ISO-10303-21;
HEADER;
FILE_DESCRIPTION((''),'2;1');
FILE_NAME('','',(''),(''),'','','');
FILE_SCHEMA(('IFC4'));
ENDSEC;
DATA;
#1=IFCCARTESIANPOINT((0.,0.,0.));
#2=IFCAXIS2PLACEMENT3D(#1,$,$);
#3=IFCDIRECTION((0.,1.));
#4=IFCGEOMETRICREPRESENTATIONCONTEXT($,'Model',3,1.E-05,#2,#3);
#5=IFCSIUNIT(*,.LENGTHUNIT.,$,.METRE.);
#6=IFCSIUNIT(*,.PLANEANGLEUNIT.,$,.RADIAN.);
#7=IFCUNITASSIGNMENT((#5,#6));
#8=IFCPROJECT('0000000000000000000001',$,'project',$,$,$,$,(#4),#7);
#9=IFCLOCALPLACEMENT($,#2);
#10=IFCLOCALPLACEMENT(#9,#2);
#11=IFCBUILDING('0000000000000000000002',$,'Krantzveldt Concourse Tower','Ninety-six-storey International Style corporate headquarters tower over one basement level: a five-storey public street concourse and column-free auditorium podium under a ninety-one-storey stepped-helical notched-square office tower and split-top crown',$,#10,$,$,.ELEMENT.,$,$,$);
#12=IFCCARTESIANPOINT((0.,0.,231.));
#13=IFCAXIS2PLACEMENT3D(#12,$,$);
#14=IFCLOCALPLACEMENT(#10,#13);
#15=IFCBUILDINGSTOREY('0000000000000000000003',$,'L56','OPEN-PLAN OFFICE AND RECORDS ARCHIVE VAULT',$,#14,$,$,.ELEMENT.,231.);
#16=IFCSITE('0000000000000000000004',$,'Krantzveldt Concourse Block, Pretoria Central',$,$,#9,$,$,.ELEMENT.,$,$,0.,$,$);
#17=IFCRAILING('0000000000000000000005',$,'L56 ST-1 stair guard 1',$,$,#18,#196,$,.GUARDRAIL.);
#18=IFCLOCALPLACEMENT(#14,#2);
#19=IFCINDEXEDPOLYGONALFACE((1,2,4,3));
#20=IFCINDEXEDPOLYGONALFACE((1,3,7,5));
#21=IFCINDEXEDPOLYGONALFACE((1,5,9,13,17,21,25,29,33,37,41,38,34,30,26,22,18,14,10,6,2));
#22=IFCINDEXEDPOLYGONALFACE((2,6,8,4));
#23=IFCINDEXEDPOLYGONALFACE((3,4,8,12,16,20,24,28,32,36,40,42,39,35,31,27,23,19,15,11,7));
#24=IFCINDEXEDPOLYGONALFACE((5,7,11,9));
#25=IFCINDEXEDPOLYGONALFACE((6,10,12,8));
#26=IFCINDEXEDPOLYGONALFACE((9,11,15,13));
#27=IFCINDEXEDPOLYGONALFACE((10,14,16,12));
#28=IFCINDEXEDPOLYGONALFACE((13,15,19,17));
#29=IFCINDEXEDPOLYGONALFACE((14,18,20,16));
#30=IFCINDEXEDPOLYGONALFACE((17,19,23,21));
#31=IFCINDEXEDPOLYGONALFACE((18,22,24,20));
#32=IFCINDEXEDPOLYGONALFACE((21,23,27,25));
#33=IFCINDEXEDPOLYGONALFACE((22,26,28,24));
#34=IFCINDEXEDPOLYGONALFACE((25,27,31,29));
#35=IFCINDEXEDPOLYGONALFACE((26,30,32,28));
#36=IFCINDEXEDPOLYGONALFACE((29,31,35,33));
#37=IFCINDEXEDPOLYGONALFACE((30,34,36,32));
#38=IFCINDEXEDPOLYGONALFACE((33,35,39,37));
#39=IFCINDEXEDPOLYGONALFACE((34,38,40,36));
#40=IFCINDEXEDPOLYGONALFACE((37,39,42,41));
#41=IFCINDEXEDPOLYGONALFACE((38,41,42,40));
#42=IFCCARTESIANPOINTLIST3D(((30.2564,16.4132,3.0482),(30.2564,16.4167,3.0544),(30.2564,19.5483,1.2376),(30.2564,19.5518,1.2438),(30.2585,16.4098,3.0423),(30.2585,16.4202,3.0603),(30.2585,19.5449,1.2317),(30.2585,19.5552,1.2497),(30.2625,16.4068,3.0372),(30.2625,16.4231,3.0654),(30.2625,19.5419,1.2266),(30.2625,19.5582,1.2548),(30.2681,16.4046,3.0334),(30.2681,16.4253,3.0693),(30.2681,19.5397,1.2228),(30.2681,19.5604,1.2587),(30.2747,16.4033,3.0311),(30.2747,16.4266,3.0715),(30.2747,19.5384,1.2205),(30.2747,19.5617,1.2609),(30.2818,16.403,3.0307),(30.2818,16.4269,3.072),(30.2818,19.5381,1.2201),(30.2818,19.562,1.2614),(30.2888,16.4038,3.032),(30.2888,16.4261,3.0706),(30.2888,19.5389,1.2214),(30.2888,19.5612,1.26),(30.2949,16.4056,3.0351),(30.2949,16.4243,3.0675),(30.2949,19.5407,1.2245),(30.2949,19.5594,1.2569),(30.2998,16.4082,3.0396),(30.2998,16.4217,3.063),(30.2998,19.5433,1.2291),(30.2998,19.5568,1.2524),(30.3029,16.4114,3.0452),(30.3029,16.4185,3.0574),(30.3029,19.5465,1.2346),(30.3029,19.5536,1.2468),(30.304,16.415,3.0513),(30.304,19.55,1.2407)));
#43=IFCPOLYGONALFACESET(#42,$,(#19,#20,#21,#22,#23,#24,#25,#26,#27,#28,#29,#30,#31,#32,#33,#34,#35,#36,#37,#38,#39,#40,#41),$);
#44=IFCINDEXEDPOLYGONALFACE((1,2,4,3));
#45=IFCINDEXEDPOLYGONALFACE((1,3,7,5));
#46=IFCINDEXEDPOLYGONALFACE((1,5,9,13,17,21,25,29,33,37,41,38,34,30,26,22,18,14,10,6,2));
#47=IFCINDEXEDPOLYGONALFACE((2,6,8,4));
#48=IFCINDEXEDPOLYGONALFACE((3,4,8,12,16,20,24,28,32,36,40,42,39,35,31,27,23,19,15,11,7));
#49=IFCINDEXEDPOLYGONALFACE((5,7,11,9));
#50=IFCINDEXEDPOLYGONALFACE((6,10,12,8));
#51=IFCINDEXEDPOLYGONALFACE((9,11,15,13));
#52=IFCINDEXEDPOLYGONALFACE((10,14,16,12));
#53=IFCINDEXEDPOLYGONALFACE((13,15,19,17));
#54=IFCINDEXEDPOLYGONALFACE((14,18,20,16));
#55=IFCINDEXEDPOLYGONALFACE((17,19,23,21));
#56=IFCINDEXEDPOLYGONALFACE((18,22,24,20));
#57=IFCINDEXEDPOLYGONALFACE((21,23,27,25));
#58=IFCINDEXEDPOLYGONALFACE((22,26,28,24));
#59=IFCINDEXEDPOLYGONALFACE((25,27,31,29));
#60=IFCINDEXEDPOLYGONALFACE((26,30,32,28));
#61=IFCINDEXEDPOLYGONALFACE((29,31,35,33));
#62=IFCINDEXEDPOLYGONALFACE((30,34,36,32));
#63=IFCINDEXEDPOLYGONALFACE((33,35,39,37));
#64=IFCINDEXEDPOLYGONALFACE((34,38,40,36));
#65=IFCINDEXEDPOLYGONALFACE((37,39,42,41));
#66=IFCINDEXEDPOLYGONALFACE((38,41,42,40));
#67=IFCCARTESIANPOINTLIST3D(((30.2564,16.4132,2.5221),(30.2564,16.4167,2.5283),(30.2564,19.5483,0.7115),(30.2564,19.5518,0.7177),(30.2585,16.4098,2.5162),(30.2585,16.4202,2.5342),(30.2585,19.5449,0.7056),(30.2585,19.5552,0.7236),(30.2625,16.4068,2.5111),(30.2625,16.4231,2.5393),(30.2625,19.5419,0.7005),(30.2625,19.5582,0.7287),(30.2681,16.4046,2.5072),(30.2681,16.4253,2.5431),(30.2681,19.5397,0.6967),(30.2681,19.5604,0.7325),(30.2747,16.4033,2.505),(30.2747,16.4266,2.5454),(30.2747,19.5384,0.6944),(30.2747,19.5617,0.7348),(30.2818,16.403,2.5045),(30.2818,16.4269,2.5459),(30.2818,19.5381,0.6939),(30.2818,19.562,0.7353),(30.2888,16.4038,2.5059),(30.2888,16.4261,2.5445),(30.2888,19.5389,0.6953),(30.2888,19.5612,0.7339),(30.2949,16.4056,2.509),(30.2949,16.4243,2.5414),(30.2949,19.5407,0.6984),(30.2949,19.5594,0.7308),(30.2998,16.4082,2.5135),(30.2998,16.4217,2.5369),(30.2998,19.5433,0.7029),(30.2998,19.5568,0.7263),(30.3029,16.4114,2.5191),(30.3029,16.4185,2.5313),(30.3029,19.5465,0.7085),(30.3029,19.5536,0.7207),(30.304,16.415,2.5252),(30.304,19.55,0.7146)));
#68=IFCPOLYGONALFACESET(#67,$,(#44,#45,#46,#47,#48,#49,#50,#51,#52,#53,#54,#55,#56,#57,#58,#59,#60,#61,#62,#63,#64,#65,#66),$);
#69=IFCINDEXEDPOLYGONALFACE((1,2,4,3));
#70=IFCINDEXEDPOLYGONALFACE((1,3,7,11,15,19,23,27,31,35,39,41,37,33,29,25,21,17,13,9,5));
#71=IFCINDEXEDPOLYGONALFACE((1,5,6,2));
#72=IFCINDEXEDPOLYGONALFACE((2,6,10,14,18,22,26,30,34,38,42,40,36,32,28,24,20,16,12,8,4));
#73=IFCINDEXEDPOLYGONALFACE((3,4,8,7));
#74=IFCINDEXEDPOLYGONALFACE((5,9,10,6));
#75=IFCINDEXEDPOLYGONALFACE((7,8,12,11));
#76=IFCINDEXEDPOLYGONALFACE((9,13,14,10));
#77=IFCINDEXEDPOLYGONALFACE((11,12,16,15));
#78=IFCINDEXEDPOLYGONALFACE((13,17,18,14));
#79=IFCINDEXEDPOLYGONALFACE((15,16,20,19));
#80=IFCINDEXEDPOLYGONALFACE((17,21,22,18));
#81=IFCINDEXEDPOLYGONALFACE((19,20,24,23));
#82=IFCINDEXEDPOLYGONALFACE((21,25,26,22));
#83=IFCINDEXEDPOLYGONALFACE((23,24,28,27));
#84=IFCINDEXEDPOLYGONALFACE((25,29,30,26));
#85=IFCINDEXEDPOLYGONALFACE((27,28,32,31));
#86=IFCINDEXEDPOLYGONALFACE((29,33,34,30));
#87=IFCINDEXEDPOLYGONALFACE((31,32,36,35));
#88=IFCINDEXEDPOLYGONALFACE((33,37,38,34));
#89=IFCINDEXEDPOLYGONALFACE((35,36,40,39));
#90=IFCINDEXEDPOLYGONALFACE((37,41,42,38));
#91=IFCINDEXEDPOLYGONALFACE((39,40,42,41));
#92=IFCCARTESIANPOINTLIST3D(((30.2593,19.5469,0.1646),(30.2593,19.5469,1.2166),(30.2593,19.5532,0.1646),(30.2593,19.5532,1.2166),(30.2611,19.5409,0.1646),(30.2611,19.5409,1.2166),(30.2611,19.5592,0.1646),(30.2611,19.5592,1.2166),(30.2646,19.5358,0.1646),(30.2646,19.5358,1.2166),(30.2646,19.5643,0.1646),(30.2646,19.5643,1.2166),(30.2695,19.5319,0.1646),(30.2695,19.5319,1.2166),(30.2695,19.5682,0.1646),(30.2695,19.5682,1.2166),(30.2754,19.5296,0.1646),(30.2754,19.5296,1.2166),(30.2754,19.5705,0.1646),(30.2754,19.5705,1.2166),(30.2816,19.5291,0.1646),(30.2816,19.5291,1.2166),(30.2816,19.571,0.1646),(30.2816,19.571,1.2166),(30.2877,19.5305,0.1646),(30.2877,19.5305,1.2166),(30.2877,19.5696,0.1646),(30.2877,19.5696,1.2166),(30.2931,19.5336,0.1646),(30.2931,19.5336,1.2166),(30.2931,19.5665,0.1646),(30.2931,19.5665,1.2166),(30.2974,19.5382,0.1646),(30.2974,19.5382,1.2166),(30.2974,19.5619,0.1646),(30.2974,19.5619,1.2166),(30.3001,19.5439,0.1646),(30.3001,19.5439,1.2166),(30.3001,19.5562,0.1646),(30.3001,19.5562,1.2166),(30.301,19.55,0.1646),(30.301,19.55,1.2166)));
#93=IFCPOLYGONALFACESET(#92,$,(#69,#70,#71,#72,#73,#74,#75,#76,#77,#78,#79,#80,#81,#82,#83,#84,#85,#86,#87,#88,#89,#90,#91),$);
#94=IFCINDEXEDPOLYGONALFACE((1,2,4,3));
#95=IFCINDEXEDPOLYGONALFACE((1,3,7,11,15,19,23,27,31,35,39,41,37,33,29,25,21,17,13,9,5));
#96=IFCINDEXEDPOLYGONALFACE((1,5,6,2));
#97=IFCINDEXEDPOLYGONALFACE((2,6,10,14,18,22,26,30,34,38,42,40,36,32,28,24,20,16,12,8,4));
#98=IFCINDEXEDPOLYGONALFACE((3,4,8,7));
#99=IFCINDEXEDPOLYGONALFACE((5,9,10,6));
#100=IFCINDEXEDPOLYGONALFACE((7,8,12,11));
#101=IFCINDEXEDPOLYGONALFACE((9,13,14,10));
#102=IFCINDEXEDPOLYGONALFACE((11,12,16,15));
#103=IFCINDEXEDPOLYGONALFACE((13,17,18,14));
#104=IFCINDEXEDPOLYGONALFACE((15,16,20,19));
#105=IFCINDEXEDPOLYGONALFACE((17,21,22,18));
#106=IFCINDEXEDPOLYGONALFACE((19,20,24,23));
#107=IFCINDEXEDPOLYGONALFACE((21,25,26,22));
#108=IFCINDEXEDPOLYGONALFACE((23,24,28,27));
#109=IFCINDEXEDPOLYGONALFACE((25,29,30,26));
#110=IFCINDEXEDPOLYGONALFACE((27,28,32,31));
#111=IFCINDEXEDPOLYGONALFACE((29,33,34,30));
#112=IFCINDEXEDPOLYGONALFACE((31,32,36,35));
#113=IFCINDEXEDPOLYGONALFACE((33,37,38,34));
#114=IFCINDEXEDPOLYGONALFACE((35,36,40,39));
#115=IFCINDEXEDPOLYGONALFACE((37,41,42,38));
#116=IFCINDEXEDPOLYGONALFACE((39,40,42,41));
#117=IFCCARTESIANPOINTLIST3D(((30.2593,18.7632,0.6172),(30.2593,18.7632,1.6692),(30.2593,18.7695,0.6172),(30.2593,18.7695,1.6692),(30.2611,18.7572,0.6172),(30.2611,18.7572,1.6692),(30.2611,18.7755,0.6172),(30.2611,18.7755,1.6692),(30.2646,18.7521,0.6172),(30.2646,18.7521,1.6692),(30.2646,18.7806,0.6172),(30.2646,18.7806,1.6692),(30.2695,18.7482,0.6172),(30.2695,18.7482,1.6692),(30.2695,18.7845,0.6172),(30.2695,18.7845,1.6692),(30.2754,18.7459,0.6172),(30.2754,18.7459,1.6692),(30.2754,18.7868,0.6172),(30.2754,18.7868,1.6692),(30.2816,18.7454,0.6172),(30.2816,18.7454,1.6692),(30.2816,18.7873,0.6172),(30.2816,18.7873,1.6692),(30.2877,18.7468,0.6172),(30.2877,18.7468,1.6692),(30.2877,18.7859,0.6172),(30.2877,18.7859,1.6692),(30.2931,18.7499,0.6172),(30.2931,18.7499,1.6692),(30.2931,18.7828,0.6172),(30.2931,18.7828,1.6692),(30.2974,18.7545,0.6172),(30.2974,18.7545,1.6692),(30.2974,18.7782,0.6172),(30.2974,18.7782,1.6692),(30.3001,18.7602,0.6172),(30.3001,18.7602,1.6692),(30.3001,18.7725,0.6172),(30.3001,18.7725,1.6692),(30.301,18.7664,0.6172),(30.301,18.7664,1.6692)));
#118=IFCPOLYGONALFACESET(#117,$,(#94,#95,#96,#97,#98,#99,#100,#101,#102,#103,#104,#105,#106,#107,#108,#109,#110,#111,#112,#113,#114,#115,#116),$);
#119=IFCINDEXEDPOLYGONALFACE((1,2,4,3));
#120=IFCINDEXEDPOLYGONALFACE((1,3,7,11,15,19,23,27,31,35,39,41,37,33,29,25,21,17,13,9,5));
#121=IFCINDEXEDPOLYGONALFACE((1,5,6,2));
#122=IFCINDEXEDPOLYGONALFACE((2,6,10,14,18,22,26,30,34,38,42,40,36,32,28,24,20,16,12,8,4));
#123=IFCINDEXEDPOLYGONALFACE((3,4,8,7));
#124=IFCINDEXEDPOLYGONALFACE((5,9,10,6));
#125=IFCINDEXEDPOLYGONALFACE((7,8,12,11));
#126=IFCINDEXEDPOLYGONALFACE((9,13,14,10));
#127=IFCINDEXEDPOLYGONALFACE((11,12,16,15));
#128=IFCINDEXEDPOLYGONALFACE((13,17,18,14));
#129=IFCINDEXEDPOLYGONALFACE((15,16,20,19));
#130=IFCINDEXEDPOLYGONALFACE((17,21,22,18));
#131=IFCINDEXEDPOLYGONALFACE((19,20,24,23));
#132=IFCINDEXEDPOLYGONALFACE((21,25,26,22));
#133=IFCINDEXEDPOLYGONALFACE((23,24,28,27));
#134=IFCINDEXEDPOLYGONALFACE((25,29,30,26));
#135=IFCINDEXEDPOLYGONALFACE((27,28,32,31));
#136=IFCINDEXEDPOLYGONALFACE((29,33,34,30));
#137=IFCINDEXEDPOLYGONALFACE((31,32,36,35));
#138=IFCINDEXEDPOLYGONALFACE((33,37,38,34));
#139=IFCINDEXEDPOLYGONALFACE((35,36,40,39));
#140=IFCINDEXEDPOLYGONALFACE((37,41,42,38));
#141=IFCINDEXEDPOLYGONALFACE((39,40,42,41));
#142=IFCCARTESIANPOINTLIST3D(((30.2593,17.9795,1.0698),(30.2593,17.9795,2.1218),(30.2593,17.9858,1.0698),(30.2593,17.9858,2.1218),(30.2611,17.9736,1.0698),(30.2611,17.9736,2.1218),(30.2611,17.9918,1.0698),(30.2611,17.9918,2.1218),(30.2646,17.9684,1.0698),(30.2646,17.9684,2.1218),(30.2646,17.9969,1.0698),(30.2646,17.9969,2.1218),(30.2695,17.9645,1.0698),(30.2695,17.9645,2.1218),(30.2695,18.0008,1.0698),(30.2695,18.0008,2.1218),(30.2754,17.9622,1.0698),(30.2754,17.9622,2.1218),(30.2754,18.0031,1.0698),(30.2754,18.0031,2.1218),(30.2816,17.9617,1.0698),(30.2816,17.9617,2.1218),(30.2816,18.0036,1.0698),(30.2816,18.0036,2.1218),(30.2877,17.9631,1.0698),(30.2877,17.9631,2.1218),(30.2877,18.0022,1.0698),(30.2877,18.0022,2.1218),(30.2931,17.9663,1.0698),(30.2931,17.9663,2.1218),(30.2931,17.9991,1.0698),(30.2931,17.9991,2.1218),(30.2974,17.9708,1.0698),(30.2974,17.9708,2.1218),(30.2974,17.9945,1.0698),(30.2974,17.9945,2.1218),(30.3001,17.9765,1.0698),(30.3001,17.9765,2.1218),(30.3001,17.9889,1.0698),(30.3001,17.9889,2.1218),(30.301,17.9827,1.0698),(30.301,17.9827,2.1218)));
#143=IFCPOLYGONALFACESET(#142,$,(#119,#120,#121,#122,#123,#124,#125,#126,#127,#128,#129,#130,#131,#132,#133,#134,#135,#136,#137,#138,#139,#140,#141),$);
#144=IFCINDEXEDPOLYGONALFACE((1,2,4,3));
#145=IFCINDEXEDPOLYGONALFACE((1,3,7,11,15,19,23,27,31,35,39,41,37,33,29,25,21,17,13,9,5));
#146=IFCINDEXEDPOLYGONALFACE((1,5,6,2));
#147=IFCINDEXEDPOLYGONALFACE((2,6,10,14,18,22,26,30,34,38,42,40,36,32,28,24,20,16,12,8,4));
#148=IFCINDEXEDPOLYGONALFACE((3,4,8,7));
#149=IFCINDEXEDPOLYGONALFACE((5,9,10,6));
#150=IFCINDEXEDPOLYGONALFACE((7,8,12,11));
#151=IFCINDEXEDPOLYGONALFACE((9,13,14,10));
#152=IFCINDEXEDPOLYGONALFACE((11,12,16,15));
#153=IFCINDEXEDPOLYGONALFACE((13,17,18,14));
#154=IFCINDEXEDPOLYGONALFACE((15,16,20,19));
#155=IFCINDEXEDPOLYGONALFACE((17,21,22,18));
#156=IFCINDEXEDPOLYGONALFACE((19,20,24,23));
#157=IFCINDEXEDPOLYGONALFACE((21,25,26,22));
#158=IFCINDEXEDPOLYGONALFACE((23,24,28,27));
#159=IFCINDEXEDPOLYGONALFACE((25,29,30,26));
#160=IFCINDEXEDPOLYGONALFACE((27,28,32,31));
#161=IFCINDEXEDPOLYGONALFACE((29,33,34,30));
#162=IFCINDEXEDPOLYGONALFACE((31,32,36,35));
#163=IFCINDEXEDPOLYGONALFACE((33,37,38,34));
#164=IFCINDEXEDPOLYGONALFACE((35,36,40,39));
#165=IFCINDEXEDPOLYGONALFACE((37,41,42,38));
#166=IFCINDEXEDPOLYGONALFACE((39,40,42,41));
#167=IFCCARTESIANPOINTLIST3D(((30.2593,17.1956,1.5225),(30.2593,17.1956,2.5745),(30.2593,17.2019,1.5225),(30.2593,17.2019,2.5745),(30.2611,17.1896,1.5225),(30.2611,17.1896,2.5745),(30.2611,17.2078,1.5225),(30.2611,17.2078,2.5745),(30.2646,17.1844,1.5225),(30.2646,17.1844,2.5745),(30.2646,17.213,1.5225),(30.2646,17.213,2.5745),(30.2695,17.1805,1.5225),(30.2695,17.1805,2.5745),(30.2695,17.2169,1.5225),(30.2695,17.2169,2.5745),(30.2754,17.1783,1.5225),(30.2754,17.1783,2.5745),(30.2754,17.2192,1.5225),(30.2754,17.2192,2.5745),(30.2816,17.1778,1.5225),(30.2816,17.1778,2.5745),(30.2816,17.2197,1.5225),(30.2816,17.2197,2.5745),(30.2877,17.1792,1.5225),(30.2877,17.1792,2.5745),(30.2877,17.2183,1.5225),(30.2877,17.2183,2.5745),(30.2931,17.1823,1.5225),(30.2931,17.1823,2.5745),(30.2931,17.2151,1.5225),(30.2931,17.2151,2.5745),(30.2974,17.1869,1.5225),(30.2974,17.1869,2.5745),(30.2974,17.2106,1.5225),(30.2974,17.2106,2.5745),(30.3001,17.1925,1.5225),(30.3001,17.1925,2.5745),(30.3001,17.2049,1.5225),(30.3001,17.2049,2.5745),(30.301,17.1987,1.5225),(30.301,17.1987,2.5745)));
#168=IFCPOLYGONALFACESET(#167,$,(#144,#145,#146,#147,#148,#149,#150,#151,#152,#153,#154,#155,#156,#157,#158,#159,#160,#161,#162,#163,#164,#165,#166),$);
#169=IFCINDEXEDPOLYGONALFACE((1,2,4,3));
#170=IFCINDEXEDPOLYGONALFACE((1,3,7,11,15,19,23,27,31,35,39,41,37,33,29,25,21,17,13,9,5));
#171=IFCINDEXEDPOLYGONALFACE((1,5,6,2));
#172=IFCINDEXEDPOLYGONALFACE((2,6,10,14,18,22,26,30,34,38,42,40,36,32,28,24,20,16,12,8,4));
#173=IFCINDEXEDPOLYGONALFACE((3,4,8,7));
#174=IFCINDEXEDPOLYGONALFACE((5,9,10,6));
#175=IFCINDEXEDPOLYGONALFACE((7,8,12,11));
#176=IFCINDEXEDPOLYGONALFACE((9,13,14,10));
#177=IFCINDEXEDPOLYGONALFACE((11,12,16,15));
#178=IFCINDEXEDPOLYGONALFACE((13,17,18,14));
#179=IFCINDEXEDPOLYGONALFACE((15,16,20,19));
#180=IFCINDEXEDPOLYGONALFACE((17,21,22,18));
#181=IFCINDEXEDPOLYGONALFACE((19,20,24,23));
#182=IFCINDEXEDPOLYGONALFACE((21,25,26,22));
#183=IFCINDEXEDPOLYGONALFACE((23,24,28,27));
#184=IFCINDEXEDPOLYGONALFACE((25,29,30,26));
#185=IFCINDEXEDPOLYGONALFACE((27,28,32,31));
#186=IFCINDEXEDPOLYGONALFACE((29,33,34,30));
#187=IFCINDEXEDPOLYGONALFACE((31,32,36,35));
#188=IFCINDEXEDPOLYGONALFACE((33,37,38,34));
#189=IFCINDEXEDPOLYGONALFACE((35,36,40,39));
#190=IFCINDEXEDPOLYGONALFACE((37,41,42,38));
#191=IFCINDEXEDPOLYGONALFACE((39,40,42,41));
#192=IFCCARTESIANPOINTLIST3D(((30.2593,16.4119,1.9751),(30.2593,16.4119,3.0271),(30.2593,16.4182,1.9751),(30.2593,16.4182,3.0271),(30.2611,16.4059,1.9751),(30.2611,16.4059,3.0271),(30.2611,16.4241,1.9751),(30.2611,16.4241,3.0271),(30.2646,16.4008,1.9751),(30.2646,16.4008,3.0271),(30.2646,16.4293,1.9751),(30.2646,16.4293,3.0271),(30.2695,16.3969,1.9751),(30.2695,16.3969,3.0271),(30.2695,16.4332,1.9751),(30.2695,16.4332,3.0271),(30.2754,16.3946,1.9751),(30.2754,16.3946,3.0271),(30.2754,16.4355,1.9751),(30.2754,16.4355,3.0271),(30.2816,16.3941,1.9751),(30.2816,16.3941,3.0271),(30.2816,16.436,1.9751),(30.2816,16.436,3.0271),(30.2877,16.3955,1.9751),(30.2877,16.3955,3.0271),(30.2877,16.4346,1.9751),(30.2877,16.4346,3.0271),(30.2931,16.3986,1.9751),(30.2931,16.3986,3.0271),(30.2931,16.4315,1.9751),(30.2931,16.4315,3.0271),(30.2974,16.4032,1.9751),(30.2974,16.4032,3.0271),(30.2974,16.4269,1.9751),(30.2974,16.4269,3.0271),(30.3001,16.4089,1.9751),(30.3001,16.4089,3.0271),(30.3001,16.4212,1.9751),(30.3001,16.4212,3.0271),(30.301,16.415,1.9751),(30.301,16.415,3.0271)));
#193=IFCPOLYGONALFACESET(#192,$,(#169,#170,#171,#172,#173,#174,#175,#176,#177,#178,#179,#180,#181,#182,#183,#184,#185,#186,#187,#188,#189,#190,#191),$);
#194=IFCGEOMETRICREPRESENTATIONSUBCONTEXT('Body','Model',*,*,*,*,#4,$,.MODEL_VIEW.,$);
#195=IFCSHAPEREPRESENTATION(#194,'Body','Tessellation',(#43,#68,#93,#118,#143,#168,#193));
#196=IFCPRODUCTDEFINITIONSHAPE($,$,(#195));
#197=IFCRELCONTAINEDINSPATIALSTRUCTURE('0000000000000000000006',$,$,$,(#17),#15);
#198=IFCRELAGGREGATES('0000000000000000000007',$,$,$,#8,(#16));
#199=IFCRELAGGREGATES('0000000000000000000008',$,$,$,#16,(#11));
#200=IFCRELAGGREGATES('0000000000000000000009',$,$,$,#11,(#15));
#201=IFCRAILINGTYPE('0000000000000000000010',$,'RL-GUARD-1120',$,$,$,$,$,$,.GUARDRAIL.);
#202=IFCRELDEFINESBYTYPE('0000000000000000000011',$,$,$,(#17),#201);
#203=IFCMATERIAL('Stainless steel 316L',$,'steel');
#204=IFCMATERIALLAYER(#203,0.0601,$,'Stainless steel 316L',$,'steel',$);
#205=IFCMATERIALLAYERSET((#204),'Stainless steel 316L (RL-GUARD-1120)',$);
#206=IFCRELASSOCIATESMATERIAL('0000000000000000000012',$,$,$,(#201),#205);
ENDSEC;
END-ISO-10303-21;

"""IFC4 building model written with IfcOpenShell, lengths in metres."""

from ifc_helpers import new_model, si_unit, direction, frame, origin, origin_2d, place, context, subcontext, project, spatial, circle, extrude, material, layer, layer_set, type_object, element, save


model = new_model("IFC4")

# Units and contexts
model_context = context("Model", 3, precision=1e-05, world=origin(), true_north=direction((0.0, 1.0)))
body_context = subcontext(model_context, "Body", "Model", "MODEL_VIEW")
ifc_project = project(units=[si_unit("LENGTHUNIT", "METRE"), si_unit("PLANEANGLEUNIT", "RADIAN")], contexts=[model_context])

# Site, building, storey
site_placement = place(None, origin())
site = spatial("IfcSite", under=ifc_project, at=site_placement, Name="Krantzveldt Concourse Block, Pretoria Central", CompositionType="ELEMENT", RefElevation=0.0)
building_placement = place(site_placement, origin())
building = spatial("IfcBuilding", under=site, at=building_placement, Name="Krantzveldt Concourse Tower", Description="Ninety-six-storey International Style corporate headquarters tower over one basement level: a five-storey public street concourse and column-free auditorium podium under a ninety-one-storey stepped-helical notched-square office tower and split-top crown", CompositionType="ELEMENT")
storey_placement = place(building_placement, frame((0.0, 0.0, 231.0)))
storey = spatial("IfcBuildingStorey", under=building, at=storey_placement, Name="L56", Description="OPEN-PLAN OFFICE AND RECORDS ARCHIVE VAULT", CompositionType="ELEMENT", Elevation=231.0)

# Shared definitions
ifc_material_1 = material(Name="Stainless steel 316L", Category="steel")

# Railing
ifc_layer_1 = layer(ifc_material_1, 0.0601, Name="Stainless steel 316L", Category="steel")
ifc_layer_set_1 = layer_set([ifc_layer_1], Name="Stainless steel 316L (RL-GUARD-1120)")
railing_type_1 = type_object("IfcRailingType", Name="RL-GUARD-1120", PredefinedType="GUARDRAIL", material=ifc_layer_set_1)
railing_1_placement = place(storey_placement, frame((30.28, 19.55, 0.1646)))
element("IfcRailing", 1, at=railing_1_placement, inside=storey, type_object=railing_type_1, Name="L56 ST-1 stair guard 1", PredefinedType="GUARDRAIL", context=body_context, shape_type="SweptSolid", body=[
    extrude(circle(Radius=0.0239, at=origin_2d()), frame((0.0, 0.0, 1.0762), z_axis=(0.0, -0.86596, 0.500114), x_axis=(1.0, 0.0, 0.0)), (0.0, 0.0, 1.0), 3.6204),
    extrude(circle(Radius=0.0239, at=origin_2d()), frame((0.0, 0.0, 0.55), z_axis=(0.0, -0.86596, 0.500114), x_axis=(1.0, 0.0, 0.0)), (0.0, 0.0, 1.0), 3.6204),
    extrude(circle(Radius=0.021, at=origin_2d()), origin(), (0.0, 0.0, 1.0), 1.052),
    extrude(circle(Radius=0.021, at=origin_2d()), frame((0.0, -0.7837, 0.4526)), (0.0, 0.0, 1.0), 1.052),
    extrude(circle(Radius=0.021, at=origin_2d()), frame((0.0, -1.5674, 0.9053)), (0.0, 0.0, 1.0), 1.052),
    extrude(circle(Radius=0.021, at=origin_2d()), frame((0.0, -2.3513, 1.3579)), (0.0, 0.0, 1.0), 1.052),
    extrude(circle(Radius=0.021, at=origin_2d()), frame((0.0, -3.135, 1.8105)), (0.0, 0.0, 1.0), 1.052),
])

save(model, "model.ifc")
